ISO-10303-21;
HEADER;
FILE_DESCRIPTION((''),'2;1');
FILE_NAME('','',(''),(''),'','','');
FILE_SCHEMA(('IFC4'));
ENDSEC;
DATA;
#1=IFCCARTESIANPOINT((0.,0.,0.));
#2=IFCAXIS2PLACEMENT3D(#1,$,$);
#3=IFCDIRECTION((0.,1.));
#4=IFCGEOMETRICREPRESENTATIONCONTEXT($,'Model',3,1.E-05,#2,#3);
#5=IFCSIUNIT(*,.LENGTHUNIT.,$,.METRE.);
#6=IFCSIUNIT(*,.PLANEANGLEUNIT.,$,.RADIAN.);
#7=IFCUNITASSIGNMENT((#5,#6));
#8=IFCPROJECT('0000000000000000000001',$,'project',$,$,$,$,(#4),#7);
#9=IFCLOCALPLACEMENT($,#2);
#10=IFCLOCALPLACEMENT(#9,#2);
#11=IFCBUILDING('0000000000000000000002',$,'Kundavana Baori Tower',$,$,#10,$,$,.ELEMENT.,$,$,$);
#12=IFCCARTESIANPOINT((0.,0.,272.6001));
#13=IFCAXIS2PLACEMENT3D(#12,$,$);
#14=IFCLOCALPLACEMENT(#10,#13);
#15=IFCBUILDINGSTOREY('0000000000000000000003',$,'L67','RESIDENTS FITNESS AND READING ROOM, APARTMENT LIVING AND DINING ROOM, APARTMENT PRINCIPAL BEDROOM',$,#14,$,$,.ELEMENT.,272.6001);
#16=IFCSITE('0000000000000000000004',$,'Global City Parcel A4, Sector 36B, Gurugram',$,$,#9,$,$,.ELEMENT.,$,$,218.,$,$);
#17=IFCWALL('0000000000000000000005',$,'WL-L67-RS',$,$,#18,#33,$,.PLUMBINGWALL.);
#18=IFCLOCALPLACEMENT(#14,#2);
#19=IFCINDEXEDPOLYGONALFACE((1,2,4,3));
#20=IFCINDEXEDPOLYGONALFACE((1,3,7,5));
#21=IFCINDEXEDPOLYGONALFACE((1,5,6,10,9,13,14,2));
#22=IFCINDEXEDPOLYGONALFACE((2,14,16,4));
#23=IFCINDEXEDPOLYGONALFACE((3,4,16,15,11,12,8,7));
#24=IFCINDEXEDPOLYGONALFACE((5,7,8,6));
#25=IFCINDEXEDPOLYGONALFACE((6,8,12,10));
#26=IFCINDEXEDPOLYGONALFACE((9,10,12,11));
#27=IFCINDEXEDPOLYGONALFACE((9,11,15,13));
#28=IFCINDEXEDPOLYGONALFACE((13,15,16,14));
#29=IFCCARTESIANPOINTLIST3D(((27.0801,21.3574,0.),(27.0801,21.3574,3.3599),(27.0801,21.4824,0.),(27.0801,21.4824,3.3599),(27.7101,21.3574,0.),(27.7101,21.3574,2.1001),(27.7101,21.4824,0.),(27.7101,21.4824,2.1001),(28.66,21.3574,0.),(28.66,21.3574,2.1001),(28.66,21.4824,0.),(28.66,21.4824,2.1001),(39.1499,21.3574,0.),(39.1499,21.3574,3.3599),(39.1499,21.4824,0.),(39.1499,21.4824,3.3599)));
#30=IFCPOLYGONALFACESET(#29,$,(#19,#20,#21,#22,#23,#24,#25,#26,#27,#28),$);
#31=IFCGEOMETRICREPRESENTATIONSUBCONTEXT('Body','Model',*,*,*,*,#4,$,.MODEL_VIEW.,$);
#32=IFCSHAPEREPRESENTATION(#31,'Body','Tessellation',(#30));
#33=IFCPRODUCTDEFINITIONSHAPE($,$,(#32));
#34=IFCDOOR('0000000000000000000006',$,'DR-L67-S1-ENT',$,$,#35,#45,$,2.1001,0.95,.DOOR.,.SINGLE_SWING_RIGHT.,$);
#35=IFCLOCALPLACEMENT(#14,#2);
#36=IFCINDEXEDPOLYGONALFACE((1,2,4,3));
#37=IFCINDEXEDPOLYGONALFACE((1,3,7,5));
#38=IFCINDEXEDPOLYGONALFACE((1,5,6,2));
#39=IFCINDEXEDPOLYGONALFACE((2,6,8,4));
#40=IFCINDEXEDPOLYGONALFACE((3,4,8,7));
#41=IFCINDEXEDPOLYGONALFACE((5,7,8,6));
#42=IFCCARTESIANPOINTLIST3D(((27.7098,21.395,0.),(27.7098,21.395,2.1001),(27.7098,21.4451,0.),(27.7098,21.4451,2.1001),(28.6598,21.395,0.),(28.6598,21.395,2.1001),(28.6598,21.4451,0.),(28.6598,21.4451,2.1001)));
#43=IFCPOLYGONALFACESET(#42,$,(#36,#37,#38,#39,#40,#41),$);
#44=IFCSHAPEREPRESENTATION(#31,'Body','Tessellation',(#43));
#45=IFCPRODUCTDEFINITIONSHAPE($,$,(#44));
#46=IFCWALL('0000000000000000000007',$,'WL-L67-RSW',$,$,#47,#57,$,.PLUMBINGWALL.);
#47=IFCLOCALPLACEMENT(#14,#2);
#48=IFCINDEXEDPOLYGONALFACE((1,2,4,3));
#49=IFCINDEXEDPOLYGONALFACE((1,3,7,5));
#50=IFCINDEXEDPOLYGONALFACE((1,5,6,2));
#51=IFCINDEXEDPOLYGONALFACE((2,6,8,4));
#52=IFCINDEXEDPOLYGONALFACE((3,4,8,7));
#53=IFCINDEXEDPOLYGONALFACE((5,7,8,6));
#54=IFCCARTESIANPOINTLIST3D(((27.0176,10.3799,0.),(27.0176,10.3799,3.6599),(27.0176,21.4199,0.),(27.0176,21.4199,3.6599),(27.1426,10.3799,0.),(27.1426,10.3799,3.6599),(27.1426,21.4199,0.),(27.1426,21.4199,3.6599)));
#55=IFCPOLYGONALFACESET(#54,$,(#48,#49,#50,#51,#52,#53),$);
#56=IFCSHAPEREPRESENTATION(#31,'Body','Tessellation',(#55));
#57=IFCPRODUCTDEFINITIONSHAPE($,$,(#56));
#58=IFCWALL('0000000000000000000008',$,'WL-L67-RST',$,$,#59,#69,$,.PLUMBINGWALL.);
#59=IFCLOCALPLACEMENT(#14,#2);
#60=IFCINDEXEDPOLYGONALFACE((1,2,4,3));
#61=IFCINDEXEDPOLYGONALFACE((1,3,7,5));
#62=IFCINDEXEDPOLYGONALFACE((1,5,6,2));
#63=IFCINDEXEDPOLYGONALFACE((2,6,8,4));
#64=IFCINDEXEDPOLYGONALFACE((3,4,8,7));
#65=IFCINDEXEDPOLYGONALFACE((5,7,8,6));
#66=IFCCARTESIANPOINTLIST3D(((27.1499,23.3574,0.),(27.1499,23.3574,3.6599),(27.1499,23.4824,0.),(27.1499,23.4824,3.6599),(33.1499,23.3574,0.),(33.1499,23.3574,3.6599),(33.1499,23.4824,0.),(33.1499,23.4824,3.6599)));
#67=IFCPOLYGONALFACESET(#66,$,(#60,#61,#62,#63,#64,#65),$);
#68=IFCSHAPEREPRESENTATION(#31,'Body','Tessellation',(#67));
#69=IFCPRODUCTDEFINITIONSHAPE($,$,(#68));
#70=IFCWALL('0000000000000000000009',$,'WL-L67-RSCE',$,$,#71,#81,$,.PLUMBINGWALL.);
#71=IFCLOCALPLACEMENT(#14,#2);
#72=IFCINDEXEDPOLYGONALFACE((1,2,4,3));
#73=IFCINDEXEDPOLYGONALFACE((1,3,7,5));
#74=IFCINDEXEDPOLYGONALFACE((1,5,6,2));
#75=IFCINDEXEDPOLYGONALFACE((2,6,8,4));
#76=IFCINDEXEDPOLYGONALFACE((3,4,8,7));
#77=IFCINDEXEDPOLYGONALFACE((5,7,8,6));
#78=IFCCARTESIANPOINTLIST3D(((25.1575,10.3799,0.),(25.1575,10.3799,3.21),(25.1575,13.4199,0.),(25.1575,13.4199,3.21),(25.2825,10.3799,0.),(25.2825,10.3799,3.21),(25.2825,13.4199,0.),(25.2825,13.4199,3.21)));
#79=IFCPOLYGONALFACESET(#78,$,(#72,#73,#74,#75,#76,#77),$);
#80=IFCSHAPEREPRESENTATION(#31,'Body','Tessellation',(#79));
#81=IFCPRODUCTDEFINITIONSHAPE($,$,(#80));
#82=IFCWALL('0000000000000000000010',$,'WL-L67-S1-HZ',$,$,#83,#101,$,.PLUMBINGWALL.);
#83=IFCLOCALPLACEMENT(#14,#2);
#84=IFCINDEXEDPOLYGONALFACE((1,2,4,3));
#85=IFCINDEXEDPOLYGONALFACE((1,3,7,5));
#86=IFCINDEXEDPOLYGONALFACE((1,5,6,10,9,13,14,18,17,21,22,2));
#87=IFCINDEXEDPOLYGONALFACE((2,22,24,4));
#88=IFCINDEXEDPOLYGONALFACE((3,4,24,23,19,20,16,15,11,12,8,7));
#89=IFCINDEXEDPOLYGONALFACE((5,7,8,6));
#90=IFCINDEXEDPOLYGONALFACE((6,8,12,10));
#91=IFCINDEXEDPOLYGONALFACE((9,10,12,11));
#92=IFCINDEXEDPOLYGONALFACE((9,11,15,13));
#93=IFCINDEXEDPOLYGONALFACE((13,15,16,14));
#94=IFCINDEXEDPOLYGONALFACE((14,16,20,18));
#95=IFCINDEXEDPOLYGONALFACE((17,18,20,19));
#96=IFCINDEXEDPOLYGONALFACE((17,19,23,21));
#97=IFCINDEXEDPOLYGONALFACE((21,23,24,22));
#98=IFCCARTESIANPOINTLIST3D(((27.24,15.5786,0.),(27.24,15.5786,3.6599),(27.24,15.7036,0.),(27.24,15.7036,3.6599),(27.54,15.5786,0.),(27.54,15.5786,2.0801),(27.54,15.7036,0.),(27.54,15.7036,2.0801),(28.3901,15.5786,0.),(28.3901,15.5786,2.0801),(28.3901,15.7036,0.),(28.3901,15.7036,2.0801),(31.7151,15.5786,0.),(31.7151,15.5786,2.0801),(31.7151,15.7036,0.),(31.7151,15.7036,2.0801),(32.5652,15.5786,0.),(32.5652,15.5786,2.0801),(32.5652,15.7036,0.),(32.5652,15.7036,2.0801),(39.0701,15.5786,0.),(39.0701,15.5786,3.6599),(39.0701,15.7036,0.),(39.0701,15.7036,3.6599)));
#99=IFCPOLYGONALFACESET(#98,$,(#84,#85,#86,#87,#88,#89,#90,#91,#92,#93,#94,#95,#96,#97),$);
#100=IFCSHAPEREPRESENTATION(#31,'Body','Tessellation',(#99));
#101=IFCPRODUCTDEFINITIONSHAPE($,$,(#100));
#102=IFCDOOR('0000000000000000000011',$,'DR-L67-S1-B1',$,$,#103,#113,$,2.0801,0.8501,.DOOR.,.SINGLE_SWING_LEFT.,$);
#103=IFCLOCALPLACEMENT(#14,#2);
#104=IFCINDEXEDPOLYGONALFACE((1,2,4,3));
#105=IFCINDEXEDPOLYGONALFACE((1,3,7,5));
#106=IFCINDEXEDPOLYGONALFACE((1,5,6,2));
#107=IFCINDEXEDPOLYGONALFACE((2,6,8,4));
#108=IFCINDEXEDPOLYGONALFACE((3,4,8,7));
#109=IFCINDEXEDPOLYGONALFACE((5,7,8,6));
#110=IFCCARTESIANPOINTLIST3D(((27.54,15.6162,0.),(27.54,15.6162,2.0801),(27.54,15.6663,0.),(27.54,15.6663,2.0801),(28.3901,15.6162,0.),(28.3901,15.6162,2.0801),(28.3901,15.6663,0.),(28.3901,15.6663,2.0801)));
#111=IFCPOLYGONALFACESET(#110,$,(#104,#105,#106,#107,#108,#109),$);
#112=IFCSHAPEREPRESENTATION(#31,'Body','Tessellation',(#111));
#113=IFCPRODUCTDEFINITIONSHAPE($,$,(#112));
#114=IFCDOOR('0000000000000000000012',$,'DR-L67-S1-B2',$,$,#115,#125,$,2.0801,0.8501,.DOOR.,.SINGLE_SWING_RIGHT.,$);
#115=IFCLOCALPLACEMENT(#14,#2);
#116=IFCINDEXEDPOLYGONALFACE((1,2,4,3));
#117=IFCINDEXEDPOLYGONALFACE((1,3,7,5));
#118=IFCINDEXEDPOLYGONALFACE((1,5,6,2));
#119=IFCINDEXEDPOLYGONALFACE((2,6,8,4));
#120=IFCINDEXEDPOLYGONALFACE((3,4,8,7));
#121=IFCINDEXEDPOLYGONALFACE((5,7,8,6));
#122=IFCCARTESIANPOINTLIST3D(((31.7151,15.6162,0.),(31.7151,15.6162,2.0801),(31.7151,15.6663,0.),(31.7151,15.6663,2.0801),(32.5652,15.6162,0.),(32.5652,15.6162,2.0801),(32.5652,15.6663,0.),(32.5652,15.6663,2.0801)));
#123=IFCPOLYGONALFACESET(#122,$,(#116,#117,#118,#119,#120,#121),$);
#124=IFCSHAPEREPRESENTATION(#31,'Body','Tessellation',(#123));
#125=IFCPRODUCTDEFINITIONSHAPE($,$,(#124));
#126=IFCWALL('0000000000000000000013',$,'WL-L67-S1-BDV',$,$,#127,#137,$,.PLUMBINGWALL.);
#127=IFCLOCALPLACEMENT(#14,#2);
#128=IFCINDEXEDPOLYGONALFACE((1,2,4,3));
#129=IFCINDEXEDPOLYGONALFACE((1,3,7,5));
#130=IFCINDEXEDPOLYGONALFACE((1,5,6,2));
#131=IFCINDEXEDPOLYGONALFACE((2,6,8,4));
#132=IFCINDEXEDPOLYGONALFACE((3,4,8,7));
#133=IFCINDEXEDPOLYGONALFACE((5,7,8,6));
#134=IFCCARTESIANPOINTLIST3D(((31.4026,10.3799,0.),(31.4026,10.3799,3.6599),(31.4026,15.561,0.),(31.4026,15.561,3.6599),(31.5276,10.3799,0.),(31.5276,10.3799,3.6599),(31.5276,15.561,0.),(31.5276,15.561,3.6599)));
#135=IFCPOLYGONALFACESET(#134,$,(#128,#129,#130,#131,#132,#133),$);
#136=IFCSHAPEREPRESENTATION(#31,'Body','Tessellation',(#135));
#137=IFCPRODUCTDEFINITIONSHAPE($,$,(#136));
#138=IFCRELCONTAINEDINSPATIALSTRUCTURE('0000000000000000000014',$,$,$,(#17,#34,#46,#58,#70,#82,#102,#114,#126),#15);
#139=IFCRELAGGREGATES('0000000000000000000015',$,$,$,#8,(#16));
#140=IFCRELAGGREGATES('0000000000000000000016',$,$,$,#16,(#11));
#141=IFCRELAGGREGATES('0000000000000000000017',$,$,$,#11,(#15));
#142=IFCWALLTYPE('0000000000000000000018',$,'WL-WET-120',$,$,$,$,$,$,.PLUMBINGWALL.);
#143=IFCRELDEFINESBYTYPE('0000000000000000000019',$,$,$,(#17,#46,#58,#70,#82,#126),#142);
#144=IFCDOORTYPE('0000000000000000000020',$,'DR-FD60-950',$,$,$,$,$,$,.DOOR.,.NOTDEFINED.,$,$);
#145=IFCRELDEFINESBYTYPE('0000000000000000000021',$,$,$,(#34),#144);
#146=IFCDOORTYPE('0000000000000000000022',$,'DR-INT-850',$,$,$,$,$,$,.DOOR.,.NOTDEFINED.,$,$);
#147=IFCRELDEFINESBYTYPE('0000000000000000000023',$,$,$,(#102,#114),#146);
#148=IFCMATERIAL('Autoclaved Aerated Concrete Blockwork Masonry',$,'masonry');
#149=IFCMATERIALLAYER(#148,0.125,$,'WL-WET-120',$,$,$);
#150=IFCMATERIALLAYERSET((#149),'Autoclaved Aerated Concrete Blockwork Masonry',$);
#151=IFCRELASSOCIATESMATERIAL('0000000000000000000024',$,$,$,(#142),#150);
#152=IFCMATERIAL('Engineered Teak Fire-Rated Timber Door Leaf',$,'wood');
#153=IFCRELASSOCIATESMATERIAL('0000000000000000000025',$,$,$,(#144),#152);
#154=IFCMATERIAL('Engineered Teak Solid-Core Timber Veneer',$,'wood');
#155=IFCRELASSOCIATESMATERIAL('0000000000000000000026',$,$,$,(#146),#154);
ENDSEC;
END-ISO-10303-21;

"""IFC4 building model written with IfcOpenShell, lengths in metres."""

from ifc_helpers import new_model, si_unit, direction, frame, frame_2d, origin, place, context, subcontext, project, spatial, rectangle, extrude, material, layer, layer_set, type_object, element, fill, save


model = new_model("IFC4")

# Units and contexts
model_context = context("Model", 3, precision=1e-05, world=origin(), true_north=direction((0.0, 1.0)))
body_context = subcontext(model_context, "Body", "Model", "MODEL_VIEW")
ifc_project = project(units=[si_unit("LENGTHUNIT", "METRE"), si_unit("PLANEANGLEUNIT", "RADIAN")], contexts=[model_context])

# Site, building, storey
site_placement = place(None, origin())
site = spatial("IfcSite", under=ifc_project, at=site_placement, Name="Global City Parcel A4, Sector 36B, Gurugram", CompositionType="ELEMENT", RefElevation=218.0)
building_placement = place(site_placement, origin())
building = spatial("IfcBuilding", under=site, at=building_placement, Name="Kundavana Baori Tower", CompositionType="ELEMENT")
storey_placement = place(building_placement, frame((0.0, 0.0, 272.6001)))
storey = spatial("IfcBuildingStorey", under=building, at=storey_placement, Name="L67", Description="RESIDENTS FITNESS AND READING ROOM, APARTMENT LIVING AND DINING ROOM, APARTMENT PRINCIPAL BEDROOM", CompositionType="ELEMENT", Elevation=272.6001)

# Wall, opening, door
ifc_material_1 = material(Name="Autoclaved Aerated Concrete Blockwork Masonry", Category="masonry")
ifc_layer = layer(ifc_material_1, 0.125, Name="WL-WET-120")
ifc_layer_set = layer_set([ifc_layer], Name="Autoclaved Aerated Concrete Blockwork Masonry")
wall_type = type_object("IfcWallType", Name="WL-WET-120", PredefinedType="PLUMBINGWALL", material=ifc_layer_set)
wall_1_placement = place(storey_placement, frame((27.0801, 21.4199, 0.0), z_axis=(0.0, 0.0, 1.0), x_axis=(1.0, 0.0, 0.0)))
wall_1 = element("IfcWall", 1, at=wall_1_placement, inside=storey, type_object=wall_type, Name="WL-L67-RS", PredefinedType="PLUMBINGWALL", context=body_context, shape_type="SweptSolid", body=[
    extrude(rectangle(XDim=12.0698, YDim=0.125, at=frame_2d((6.0349, 0.0))), origin(), (0.0, 0.0, 1.0), 3.3599),
])
opening_1_placement = place(wall_1_placement, frame((0.6299, 0.0, 0.0)))
opening_1 = element("IfcOpeningElement", 2, at=opening_1_placement, cuts=wall_1, PredefinedType="OPENING", context=body_context, shape_type="SweptSolid", body=[
    extrude(rectangle(XDim=0.95, YDim=2.1001, at=frame_2d((0.4751, 1.05))), frame((0.0, 0.0725, 0.0), z_axis=(0.0, -1.0, 0.0), x_axis=(1.0, 0.0, 0.0)), (0.0, 0.0, 1.0), 0.145),
])
ifc_material_2 = material(Name="Engineered Teak Fire-Rated Timber Door Leaf", Category="wood")
door_type_1 = type_object("IfcDoorType", Name="DR-FD60-950", OperationType="NOTDEFINED", PredefinedType="DOOR", material=ifc_material_2)
door_1_placement = place(opening_1_placement, frame((0.95, 0.0, 0.0), z_axis=(0.0, 0.0, 1.0), x_axis=(-1.0, 0.0, 0.0)))
door_1 = element("IfcDoor", 3, at=door_1_placement, inside=storey, type_object=door_type_1, Name="DR-L67-S1-ENT", OperationType="SINGLE_SWING_RIGHT", OverallHeight=2.1001, OverallWidth=0.95, PredefinedType="DOOR", context=body_context, shape_type="SweptSolid", body=[
    extrude(rectangle(XDim=0.95, YDim=2.1001, at=frame_2d((0.4751, 1.05))), frame((0.0, 0.0249, 0.0), z_axis=(0.0, -1.0, 0.0), x_axis=(1.0, 0.0, 0.0)), (0.0, 0.0, 1.0), 0.05),
])
fill(opening_1, door_1)

# Walls
wall_2_placement = place(storey_placement, frame((27.0801, 10.3799, 0.0), z_axis=(0.0, 0.0, 1.0), x_axis=(0.0, 1.0, 0.0)))
element("IfcWall", 4, at=wall_2_placement, inside=storey, type_object=wall_type, Name="WL-L67-RSW", PredefinedType="PLUMBINGWALL", context=body_context, shape_type="SweptSolid", body=[
    extrude(rectangle(XDim=11.04, YDim=0.125, at=frame_2d((5.52, 0.0))), origin(), (0.0, 0.0, 1.0), 3.6599),
])
wall_3_placement = place(storey_placement, frame((27.1499, 23.4199, 0.0), z_axis=(0.0, 0.0, 1.0), x_axis=(1.0, 0.0, 0.0)))
element("IfcWall", 5, at=wall_3_placement, inside=storey, type_object=wall_type, Name="WL-L67-RST", PredefinedType="PLUMBINGWALL", context=body_context, shape_type="SweptSolid", body=[
    extrude(rectangle(XDim=6.0, YDim=0.125, at=frame_2d((3.0, 0.0))), origin(), (0.0, 0.0, 1.0), 3.6599),
])
wall_4_placement = place(storey_placement, frame((25.22, 10.3799, 0.0), z_axis=(0.0, 0.0, 1.0), x_axis=(0.0, 1.0, 0.0)))
element("IfcWall", 6, at=wall_4_placement, inside=storey, type_object=wall_type, Name="WL-L67-RSCE", PredefinedType="PLUMBINGWALL", context=body_context, shape_type="SweptSolid", body=[
    extrude(rectangle(XDim=3.04, YDim=0.125, at=frame_2d((1.52, 0.0))), origin(), (0.0, 0.0, 1.0), 3.21),
])

# Wall, openings, doors
wall_5_placement = place(storey_placement, frame((27.24, 15.6411, 0.0), z_axis=(0.0, 0.0, 1.0), x_axis=(1.0, 0.0, 0.0)))
wall_5 = element("IfcWall", 7, at=wall_5_placement, inside=storey, type_object=wall_type, Name="WL-L67-S1-HZ", PredefinedType="PLUMBINGWALL", context=body_context, shape_type="SweptSolid", body=[
    extrude(rectangle(XDim=11.8301, YDim=0.125, at=frame_2d((5.915, 0.0))), origin(), (0.0, 0.0, 1.0), 3.6599),
])
opening_2_placement = place(wall_5_placement, frame((0.3, 0.0, 0.0)))
opening_2 = element("IfcOpeningElement", 8, at=opening_2_placement, cuts=wall_5, PredefinedType="OPENING", context=body_context, shape_type="SweptSolid", body=[
    extrude(rectangle(XDim=0.8501, YDim=2.0801, at=frame_2d((0.425, 1.04))), frame((0.0, 0.0725, 0.0), z_axis=(0.0, -1.0, 0.0), x_axis=(1.0, 0.0, 0.0)), (0.0, 0.0, 1.0), 0.145),
])
opening_3_placement = place(wall_5_placement, frame((4.4751, 0.0, 0.0)))
opening_3 = element("IfcOpeningElement", 9, at=opening_3_placement, cuts=wall_5, PredefinedType="OPENING", context=body_context, shape_type="SweptSolid", body=[
    extrude(rectangle(XDim=0.8501, YDim=2.0801, at=frame_2d((0.425, 1.04))), frame((0.0, 0.0725, 0.0), z_axis=(0.0, -1.0, 0.0), x_axis=(1.0, 0.0, 0.0)), (0.0, 0.0, 1.0), 0.145),
])
ifc_material_3 = material(Name="Engineered Teak Solid-Core Timber Veneer", Category="wood")
door_type_2 = type_object("IfcDoorType", Name="DR-INT-850", OperationType="NOTDEFINED", PredefinedType="DOOR", material=ifc_material_3)
door_2_placement = place(opening_2_placement, frame((0.8501, 0.0, 0.0), z_axis=(0.0, 0.0, 1.0), x_axis=(-1.0, 0.0, 0.0)))
door_2 = element("IfcDoor", 10, at=door_2_placement, inside=storey, type_object=door_type_2, Name="DR-L67-S1-B1", OperationType="SINGLE_SWING_LEFT", OverallHeight=2.0801, OverallWidth=0.8501, PredefinedType="DOOR", context=body_context, shape_type="SweptSolid", body=[
    extrude(rectangle(XDim=0.8501, YDim=2.0801, at=frame_2d((0.425, 1.04))), frame((0.0, 0.0249, 0.0), z_axis=(0.0, -1.0, 0.0), x_axis=(1.0, 0.0, 0.0)), (0.0, 0.0, 1.0), 0.05),
])
fill(opening_2, door_2)
door_3_placement = place(opening_3_placement, frame((0.8501, 0.0, 0.0), z_axis=(0.0, 0.0, 1.0), x_axis=(-1.0, 0.0, 0.0)))
door_3 = element("IfcDoor", 11, at=door_3_placement, inside=storey, type_object=door_type_2, Name="DR-L67-S1-B2", OperationType="SINGLE_SWING_RIGHT", OverallHeight=2.0801, OverallWidth=0.8501, PredefinedType="DOOR", context=body_context, shape_type="SweptSolid", body=[
    extrude(rectangle(XDim=0.8501, YDim=2.0801, at=frame_2d((0.425, 1.04))), frame((0.0, 0.0249, 0.0), z_axis=(0.0, -1.0, 0.0), x_axis=(1.0, 0.0, 0.0)), (0.0, 0.0, 1.0), 0.05),
])
fill(opening_3, door_3)

# Wall
wall_6_placement = place(storey_placement, frame((31.4651, 10.3799, 0.0), z_axis=(0.0, 0.0, 1.0), x_axis=(0.0, 1.0, 0.0)))
element("IfcWall", 12, at=wall_6_placement, inside=storey, type_object=wall_type, Name="WL-L67-S1-BDV", PredefinedType="PLUMBINGWALL", context=body_context, shape_type="SweptSolid", body=[
    extrude(rectangle(XDim=5.1812, YDim=0.125, at=frame_2d((2.5906, 0.0))), origin(), (0.0, 0.0, 1.0), 3.6599),
])

save(model, "model.ifc")
